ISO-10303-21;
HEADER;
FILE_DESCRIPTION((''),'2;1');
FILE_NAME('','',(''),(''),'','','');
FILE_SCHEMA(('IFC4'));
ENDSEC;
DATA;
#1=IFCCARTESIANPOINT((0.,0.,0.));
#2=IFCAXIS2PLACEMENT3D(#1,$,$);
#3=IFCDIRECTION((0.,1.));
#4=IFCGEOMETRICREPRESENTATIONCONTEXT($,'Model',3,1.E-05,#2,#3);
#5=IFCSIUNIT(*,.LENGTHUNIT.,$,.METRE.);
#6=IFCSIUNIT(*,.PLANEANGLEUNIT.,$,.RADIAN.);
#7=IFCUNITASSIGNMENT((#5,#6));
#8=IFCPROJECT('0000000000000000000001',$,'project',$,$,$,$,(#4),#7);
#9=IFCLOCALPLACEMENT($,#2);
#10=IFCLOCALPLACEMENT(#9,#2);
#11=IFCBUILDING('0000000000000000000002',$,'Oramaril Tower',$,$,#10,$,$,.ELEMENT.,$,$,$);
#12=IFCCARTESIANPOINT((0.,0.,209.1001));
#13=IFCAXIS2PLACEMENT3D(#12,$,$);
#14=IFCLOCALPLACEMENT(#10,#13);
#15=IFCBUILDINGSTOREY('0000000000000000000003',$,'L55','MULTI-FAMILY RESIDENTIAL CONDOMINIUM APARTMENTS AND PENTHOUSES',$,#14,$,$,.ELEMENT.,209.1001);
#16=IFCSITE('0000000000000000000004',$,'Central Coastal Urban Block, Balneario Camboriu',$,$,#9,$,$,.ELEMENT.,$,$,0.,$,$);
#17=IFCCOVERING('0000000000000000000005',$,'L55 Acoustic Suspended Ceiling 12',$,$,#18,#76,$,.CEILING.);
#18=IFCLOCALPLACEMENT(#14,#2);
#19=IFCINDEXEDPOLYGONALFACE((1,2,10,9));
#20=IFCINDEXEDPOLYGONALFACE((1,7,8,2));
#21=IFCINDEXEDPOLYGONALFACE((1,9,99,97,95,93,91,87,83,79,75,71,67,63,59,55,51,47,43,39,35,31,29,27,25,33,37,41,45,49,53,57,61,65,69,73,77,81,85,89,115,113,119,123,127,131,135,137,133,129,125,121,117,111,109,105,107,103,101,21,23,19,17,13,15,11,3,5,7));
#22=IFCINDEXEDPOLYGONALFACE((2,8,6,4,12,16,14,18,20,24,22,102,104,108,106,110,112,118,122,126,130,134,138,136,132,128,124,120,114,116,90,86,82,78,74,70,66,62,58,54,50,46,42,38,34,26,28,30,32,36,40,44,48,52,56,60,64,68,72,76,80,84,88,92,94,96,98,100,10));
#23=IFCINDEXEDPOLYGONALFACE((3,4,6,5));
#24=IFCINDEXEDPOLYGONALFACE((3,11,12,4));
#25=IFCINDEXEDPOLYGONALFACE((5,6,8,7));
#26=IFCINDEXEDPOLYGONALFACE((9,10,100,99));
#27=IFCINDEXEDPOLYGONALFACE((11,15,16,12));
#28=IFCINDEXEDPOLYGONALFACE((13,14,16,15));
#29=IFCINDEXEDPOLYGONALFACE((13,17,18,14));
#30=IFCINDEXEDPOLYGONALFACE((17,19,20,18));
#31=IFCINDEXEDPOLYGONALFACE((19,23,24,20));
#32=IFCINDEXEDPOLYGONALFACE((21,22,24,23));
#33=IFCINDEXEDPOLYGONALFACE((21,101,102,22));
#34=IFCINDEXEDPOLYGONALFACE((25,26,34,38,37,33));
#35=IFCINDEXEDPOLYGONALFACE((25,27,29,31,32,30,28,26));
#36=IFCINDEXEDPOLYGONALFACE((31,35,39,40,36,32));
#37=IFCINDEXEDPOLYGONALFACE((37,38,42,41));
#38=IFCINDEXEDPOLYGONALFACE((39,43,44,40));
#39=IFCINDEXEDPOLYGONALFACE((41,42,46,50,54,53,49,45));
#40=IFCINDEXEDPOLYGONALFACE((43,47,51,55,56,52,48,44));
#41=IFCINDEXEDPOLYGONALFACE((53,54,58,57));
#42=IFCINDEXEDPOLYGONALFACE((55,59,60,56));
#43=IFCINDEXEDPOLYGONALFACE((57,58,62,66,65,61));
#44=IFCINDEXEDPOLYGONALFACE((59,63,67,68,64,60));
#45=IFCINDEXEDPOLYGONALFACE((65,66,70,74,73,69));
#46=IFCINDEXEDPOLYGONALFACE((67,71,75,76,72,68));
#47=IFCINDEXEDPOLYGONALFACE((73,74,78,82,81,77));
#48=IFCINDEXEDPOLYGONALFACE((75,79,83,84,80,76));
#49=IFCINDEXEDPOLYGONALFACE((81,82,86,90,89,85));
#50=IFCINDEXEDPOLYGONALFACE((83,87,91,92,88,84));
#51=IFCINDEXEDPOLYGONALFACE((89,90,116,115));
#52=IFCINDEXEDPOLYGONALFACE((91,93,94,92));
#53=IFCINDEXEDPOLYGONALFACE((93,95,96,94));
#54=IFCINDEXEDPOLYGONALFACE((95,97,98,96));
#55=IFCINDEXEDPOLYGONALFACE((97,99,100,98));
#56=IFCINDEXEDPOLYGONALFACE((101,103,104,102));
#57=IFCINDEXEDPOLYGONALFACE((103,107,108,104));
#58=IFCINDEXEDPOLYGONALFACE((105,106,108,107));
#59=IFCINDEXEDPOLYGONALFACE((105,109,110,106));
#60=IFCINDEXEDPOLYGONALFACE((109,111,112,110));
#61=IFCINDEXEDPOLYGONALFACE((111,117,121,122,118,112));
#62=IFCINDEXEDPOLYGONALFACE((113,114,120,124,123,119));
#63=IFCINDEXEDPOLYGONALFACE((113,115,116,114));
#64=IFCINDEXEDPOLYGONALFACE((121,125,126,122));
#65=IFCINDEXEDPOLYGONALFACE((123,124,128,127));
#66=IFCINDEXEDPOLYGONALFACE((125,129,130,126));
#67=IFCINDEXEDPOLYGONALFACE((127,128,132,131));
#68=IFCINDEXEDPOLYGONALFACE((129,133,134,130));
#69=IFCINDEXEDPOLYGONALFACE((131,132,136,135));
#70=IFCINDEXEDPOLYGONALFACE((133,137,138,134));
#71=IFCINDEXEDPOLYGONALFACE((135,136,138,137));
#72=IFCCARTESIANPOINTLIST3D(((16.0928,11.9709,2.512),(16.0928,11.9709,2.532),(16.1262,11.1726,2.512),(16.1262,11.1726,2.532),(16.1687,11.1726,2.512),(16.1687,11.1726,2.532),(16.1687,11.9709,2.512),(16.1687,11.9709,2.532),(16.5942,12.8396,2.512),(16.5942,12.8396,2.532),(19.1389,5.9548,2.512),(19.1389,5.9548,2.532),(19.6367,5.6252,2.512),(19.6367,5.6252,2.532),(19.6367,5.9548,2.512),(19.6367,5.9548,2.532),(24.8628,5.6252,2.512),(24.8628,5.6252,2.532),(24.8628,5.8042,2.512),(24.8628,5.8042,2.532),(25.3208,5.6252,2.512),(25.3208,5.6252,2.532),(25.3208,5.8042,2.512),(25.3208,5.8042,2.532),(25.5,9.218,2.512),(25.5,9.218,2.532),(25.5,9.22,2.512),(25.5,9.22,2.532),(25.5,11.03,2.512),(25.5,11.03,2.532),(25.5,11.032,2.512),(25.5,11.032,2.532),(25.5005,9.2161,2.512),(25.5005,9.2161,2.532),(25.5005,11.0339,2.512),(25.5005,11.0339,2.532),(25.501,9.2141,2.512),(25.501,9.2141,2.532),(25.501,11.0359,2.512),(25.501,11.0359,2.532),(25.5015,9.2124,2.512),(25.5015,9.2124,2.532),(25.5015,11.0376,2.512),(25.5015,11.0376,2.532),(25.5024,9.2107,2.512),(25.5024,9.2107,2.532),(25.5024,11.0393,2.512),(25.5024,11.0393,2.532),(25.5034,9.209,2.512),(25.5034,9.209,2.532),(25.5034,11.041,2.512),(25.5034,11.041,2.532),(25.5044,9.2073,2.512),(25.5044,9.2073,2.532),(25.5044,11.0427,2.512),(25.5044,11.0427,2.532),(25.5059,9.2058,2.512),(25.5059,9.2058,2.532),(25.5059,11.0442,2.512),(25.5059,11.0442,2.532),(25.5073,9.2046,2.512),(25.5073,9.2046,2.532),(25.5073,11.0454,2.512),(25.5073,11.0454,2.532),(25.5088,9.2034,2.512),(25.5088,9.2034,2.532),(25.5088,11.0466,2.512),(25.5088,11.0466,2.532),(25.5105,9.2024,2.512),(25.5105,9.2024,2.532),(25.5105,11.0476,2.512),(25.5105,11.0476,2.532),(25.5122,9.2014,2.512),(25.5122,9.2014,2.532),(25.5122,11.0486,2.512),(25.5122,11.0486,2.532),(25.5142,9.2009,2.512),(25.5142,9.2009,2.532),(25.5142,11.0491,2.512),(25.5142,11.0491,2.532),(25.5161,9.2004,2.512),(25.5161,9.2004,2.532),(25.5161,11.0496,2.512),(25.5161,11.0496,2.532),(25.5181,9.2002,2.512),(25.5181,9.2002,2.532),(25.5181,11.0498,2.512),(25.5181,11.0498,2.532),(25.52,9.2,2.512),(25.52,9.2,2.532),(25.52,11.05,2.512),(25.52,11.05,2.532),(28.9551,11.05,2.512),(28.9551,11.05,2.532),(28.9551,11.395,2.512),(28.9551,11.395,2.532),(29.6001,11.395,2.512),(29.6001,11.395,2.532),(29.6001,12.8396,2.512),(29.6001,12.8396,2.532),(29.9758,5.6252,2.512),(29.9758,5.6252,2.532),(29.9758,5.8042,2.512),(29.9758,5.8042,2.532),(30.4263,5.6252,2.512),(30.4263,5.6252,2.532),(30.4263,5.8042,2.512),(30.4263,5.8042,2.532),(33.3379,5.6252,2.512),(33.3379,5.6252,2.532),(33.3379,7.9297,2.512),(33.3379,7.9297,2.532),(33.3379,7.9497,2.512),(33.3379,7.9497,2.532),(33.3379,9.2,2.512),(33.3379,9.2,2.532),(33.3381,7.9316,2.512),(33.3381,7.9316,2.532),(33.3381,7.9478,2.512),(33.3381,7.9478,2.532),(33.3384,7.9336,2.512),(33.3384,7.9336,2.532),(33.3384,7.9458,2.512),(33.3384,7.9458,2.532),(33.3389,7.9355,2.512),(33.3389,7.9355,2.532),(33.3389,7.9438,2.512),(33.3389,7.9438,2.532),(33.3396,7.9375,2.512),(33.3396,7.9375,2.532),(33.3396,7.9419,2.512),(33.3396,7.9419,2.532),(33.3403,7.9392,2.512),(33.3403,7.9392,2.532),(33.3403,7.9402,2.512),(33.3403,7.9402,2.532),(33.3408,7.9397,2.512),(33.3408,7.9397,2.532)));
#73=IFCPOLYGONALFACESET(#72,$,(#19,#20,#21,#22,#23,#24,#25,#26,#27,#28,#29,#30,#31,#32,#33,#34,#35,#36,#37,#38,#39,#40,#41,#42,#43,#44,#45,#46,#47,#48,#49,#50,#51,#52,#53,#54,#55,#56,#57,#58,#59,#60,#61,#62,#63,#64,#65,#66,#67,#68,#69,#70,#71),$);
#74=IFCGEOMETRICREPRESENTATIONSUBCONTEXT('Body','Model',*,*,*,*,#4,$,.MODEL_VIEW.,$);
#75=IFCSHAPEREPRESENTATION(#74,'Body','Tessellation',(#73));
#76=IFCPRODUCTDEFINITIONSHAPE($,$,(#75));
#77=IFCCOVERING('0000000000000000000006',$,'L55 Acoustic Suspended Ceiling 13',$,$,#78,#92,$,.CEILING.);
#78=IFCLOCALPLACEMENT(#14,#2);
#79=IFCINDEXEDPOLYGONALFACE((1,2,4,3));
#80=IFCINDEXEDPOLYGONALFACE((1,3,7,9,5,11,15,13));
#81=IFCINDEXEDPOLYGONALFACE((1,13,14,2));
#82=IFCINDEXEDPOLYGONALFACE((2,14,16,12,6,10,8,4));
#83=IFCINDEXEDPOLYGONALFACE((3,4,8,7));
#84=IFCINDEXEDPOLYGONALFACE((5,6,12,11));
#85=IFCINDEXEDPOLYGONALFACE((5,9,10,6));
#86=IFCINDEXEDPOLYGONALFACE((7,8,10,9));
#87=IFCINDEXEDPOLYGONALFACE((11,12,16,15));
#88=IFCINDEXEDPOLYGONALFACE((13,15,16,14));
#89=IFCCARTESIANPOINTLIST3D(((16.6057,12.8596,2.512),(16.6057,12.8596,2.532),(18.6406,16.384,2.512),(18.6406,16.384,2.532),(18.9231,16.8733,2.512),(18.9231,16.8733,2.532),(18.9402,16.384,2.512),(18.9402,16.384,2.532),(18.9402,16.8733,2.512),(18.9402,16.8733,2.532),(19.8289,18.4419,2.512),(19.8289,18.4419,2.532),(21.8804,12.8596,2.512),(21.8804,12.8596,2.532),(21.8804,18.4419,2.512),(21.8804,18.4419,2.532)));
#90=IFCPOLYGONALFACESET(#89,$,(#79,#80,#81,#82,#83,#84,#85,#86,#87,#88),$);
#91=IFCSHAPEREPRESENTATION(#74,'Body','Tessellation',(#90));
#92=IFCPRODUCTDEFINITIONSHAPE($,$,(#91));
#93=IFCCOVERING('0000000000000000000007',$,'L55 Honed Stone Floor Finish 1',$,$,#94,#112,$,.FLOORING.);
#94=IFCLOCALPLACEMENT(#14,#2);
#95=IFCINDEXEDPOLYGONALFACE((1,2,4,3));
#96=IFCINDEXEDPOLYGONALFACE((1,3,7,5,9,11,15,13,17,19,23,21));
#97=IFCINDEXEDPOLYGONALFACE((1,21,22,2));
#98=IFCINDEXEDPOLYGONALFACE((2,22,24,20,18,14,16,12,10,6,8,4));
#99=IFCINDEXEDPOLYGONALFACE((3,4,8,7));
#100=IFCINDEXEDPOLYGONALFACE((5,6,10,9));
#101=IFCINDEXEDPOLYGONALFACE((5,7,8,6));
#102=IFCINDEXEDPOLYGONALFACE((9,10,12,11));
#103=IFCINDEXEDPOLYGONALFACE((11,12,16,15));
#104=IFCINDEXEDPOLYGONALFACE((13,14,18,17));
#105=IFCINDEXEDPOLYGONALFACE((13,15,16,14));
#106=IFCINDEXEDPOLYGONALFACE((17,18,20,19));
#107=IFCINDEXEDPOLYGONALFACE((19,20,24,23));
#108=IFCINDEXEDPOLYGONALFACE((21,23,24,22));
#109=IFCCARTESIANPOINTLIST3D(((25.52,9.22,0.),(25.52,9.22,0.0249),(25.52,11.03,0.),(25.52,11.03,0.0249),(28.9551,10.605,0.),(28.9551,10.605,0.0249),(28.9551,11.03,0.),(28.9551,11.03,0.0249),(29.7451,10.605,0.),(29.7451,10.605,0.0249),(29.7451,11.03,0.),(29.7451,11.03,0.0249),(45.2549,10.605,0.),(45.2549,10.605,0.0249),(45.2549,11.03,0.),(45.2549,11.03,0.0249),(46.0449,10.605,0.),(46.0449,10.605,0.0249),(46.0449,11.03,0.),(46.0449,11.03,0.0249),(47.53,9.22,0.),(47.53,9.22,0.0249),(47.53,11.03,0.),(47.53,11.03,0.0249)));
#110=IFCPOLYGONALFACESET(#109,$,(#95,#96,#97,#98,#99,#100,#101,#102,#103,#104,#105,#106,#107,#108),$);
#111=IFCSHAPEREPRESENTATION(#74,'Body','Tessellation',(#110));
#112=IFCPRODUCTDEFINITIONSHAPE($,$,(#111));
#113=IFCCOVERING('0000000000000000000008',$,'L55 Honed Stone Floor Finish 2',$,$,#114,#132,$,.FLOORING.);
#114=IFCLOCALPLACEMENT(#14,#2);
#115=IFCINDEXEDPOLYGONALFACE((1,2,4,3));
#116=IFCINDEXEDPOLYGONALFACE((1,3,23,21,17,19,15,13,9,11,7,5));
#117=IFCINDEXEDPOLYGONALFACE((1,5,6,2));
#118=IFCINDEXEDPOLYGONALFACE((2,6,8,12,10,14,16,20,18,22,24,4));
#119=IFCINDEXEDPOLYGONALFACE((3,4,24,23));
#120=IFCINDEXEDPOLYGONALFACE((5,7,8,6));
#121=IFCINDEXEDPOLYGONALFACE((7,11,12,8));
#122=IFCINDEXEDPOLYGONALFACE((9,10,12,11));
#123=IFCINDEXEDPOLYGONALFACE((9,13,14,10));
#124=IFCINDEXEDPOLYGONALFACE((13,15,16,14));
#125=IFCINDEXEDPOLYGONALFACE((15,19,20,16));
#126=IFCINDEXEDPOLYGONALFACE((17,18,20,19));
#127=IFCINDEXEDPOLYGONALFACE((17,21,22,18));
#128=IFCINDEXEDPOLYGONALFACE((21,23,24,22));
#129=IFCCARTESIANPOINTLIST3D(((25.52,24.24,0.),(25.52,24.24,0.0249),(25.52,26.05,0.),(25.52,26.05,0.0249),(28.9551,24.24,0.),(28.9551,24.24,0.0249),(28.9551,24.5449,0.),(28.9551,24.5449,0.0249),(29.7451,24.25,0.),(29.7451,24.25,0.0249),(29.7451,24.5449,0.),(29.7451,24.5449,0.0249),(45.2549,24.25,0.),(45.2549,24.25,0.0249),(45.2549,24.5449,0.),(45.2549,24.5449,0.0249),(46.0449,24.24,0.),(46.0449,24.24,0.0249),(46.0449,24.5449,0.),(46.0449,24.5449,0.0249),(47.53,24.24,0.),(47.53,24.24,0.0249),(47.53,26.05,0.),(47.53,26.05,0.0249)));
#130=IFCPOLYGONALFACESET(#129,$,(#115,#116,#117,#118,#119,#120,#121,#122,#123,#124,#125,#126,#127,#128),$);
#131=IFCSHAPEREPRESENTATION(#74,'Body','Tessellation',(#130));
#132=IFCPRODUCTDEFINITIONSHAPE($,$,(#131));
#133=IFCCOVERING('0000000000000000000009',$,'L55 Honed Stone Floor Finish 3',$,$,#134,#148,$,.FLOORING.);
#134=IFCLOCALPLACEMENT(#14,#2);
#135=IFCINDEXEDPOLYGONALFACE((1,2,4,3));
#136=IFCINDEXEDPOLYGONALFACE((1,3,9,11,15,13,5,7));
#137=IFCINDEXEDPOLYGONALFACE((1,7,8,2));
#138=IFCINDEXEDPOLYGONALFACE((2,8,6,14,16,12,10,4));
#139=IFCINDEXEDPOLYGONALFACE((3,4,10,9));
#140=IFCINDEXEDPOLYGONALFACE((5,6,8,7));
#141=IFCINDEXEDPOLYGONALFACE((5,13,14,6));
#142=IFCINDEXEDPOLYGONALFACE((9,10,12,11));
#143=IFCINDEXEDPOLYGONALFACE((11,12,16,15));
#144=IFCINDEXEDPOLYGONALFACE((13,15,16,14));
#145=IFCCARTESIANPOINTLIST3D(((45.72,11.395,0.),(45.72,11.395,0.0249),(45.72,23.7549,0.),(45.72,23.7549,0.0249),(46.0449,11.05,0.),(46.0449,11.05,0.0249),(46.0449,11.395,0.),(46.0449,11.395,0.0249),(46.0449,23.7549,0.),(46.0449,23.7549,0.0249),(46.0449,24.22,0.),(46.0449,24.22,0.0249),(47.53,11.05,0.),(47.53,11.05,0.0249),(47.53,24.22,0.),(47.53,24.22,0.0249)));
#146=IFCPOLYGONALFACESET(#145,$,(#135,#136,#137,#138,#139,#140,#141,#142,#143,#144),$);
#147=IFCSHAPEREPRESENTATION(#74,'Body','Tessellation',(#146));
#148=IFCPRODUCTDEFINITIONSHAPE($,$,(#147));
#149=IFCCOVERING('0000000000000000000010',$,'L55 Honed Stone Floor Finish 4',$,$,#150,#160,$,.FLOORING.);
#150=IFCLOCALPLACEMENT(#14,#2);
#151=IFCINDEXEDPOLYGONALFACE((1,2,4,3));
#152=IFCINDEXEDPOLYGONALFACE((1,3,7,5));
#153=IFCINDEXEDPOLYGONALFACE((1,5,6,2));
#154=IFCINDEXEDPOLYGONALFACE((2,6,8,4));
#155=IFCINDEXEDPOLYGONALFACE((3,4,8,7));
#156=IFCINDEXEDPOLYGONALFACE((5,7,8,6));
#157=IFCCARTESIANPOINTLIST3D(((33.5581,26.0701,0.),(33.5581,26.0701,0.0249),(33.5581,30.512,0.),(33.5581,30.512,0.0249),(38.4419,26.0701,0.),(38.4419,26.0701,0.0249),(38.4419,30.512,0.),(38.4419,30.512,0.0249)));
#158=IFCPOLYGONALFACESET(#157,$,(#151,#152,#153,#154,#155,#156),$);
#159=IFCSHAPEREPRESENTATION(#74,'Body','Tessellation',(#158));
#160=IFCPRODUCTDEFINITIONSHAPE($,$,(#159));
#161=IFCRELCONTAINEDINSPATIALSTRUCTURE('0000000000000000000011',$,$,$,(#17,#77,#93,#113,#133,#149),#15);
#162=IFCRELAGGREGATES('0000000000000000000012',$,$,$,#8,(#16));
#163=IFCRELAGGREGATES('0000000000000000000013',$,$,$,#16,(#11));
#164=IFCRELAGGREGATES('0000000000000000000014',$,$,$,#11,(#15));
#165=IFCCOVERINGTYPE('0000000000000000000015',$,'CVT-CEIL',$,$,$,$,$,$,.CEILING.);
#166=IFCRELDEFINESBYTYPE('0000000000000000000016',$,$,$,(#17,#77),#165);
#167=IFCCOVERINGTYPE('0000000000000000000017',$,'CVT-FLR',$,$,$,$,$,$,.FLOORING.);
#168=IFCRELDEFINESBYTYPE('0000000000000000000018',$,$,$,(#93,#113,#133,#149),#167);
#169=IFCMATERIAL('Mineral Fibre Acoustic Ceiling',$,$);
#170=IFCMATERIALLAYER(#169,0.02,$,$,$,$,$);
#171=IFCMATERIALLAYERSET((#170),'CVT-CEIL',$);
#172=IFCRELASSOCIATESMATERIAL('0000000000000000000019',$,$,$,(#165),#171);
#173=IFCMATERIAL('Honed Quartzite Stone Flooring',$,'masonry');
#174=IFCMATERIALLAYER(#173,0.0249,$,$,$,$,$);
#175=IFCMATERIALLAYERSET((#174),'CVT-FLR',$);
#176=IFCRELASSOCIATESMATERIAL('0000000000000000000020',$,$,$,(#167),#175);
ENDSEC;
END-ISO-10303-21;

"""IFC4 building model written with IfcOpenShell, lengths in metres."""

from ifc_helpers import new_model, si_unit, direction, frame, origin, place, context, subcontext, project, spatial, polyline, outline, extrude, material, layer, layer_set, type_object, element, save


model = new_model("IFC4")

# Units and contexts
model_context = context("Model", 3, precision=1e-05, world=origin(), true_north=direction((0.0, 1.0)))
body_context = subcontext(model_context, "Body", "Model", "MODEL_VIEW")
ifc_project = project(units=[si_unit("LENGTHUNIT", "METRE"), si_unit("PLANEANGLEUNIT", "RADIAN")], contexts=[model_context])

# Site, building, storey
site_placement = place(None, origin())
site = spatial("IfcSite", under=ifc_project, at=site_placement, Name="Central Coastal Urban Block, Balneario Camboriu", CompositionType="ELEMENT", RefElevation=0.0)
building_placement = place(site_placement, origin())
building = spatial("IfcBuilding", under=site, at=building_placement, Name="Oramaril Tower", CompositionType="ELEMENT")
storey_placement = place(building_placement, frame((0.0, 0.0, 209.1001)))
storey = spatial("IfcBuildingStorey", under=building, at=storey_placement, Name="L55", Description="MULTI-FAMILY RESIDENTIAL CONDOMINIUM APARTMENTS AND PENTHOUSES", CompositionType="ELEMENT", Elevation=209.1001)

# Coverings
ifc_material_1 = material(Name="Mineral Fibre Acoustic Ceiling")
ifc_layer_1 = layer(ifc_material_1, 0.02)
ifc_layer_set_1 = layer_set([ifc_layer_1], Name="CVT-CEIL")
covering_type_1 = type_object("IfcCoveringType", Name="CVT-CEIL", PredefinedType="CEILING", material=ifc_layer_set_1)
covering_1_placement = place(storey_placement, frame((0.0, 0.0, 2.512)))
element("IfcCovering", 1, at=covering_1_placement, inside=storey, type_object=covering_type_1, Name="L55 Acoustic Suspended Ceiling 12", PredefinedType="CEILING", context=body_context, shape_type="SweptSolid", body=[
    extrude(outline(polyline([(29.6001, 12.8396), (29.6001, 11.395), (28.9551, 11.395), (28.9551, 11.05), (25.52, 11.05), (25.5181, 11.0498), (25.5161, 11.0496), (25.5142, 11.0491), (25.5122, 11.0486), (25.5105, 11.0476), (25.5088, 11.0466), (25.5073, 11.0454), (25.5059, 11.0442), (25.5044, 11.0427), (25.5034, 11.041), (25.5024, 11.0393), (25.5015, 11.0376), (25.501, 11.0359), (25.5005, 11.0339), (25.5, 11.032), (25.5, 11.03), (25.5, 9.22), (25.5, 9.218), (25.5005, 9.2161), (25.501, 9.2141), (25.5015, 9.2124), (25.5024, 9.2107), (25.5034, 9.209), (25.5044, 9.2073), (25.5059, 9.2058), (25.5073, 9.2046), (25.5088, 9.2034), (25.5105, 9.2024), (25.5122, 9.2014), (25.5142, 9.2009), (25.5161, 9.2004), (25.5181, 9.2002), (25.52, 9.2), (33.3379, 9.2), (33.3379, 7.9497), (33.3381, 7.9478), (33.3384, 7.9458), (33.3389, 7.9438), (33.3396, 7.9419), (33.3403, 7.9402), (33.3408, 7.9397), (33.3403, 7.9392), (33.3396, 7.9375), (33.3389, 7.9355), (33.3384, 7.9336), (33.3381, 7.9316), (33.3379, 7.9297), (33.3379, 5.6252), (30.4263, 5.6252), (30.4263, 5.8042), (29.9758, 5.8042), (29.9758, 5.6252), (25.3208, 5.6252), (25.3208, 5.8042), (24.8628, 5.8042), (24.8628, 5.6252), (19.6367, 5.6252), (19.6367, 5.9548), (19.1389, 5.9548), (16.1262, 11.1726), (16.1687, 11.1726), (16.1687, 11.9709), (16.0928, 11.9709), (16.5942, 12.8396), (29.6001, 12.8396)])), origin(), (0.0, 0.0, 1.0), 0.02),
])
covering_2_placement = place(storey_placement, frame((0.0, 0.0, 2.512)))
element("IfcCovering", 2, at=covering_2_placement, inside=storey, type_object=covering_type_1, Name="L55 Acoustic Suspended Ceiling 13", PredefinedType="CEILING", context=body_context, shape_type="SweptSolid", body=[
    extrude(outline(polyline([(18.6406, 16.384), (18.9402, 16.384), (18.9402, 16.8733), (18.9231, 16.8733), (19.8289, 18.4419), (21.8804, 18.4419), (21.8804, 12.8596), (16.6057, 12.8596), (18.6406, 16.384)])), origin(), (0.0, 0.0, 1.0), 0.02),
])
ifc_material_2 = material(Name="Honed Quartzite Stone Flooring", Category="masonry")
ifc_layer_2 = layer(ifc_material_2, 0.0249)
ifc_layer_set_2 = layer_set([ifc_layer_2], Name="CVT-FLR")
covering_type_2 = type_object("IfcCoveringType", Name="CVT-FLR", PredefinedType="FLOORING", material=ifc_layer_set_2)
covering_3_placement = place(storey_placement, origin())
element("IfcCovering", 3, at=covering_3_placement, inside=storey, type_object=covering_type_2, Name="L55 Honed Stone Floor Finish 1", PredefinedType="FLOORING", context=body_context, shape_type="SweptSolid", body=[
    extrude(outline(polyline([(28.9551, 10.605), (29.7451, 10.605), (29.7451, 11.03), (45.2549, 11.03), (45.2549, 10.605), (46.0449, 10.605), (46.0449, 11.03), (47.53, 11.03), (47.53, 9.22), (25.52, 9.22), (25.52, 11.03), (28.9551, 11.03), (28.9551, 10.605)])), origin(), (0.0, 0.0, 1.0), 0.0249),
])
covering_4_placement = place(storey_placement, origin())
element("IfcCovering", 4, at=covering_4_placement, inside=storey, type_object=covering_type_2, Name="L55 Honed Stone Floor Finish 2", PredefinedType="FLOORING", context=body_context, shape_type="SweptSolid", body=[
    extrude(outline(polyline([(47.53, 24.24), (46.0449, 24.24), (46.0449, 24.5449), (45.2549, 24.5449), (45.2549, 24.25), (29.7451, 24.25), (29.7451, 24.5449), (28.9551, 24.5449), (28.9551, 24.24), (25.52, 24.24), (25.52, 26.05), (47.53, 26.05), (47.53, 24.24)])), origin(), (0.0, 0.0, 1.0), 0.0249),
])
covering_5_placement = place(storey_placement, origin())
element("IfcCovering", 5, at=covering_5_placement, inside=storey, type_object=covering_type_2, Name="L55 Honed Stone Floor Finish 3", PredefinedType="FLOORING", context=body_context, shape_type="SweptSolid", body=[
    extrude(outline(polyline([(47.53, 11.05), (46.0449, 11.05), (46.0449, 11.395), (45.72, 11.395), (45.72, 23.7549), (46.0449, 23.7549), (46.0449, 24.22), (47.53, 24.22), (47.53, 11.05)])), origin(), (0.0, 0.0, 1.0), 0.0249),
])
covering_6_placement = place(storey_placement, origin())
element("IfcCovering", 6, at=covering_6_placement, inside=storey, type_object=covering_type_2, Name="L55 Honed Stone Floor Finish 4", PredefinedType="FLOORING", context=body_context, shape_type="SweptSolid", body=[
    extrude(outline(polyline([(38.4419, 30.512), (38.4419, 26.0701), (33.5581, 26.0701), (33.5581, 30.512), (38.4419, 30.512)])), origin(), (0.0, 0.0, 1.0), 0.0249),
])

save(model, "model.ifc")
